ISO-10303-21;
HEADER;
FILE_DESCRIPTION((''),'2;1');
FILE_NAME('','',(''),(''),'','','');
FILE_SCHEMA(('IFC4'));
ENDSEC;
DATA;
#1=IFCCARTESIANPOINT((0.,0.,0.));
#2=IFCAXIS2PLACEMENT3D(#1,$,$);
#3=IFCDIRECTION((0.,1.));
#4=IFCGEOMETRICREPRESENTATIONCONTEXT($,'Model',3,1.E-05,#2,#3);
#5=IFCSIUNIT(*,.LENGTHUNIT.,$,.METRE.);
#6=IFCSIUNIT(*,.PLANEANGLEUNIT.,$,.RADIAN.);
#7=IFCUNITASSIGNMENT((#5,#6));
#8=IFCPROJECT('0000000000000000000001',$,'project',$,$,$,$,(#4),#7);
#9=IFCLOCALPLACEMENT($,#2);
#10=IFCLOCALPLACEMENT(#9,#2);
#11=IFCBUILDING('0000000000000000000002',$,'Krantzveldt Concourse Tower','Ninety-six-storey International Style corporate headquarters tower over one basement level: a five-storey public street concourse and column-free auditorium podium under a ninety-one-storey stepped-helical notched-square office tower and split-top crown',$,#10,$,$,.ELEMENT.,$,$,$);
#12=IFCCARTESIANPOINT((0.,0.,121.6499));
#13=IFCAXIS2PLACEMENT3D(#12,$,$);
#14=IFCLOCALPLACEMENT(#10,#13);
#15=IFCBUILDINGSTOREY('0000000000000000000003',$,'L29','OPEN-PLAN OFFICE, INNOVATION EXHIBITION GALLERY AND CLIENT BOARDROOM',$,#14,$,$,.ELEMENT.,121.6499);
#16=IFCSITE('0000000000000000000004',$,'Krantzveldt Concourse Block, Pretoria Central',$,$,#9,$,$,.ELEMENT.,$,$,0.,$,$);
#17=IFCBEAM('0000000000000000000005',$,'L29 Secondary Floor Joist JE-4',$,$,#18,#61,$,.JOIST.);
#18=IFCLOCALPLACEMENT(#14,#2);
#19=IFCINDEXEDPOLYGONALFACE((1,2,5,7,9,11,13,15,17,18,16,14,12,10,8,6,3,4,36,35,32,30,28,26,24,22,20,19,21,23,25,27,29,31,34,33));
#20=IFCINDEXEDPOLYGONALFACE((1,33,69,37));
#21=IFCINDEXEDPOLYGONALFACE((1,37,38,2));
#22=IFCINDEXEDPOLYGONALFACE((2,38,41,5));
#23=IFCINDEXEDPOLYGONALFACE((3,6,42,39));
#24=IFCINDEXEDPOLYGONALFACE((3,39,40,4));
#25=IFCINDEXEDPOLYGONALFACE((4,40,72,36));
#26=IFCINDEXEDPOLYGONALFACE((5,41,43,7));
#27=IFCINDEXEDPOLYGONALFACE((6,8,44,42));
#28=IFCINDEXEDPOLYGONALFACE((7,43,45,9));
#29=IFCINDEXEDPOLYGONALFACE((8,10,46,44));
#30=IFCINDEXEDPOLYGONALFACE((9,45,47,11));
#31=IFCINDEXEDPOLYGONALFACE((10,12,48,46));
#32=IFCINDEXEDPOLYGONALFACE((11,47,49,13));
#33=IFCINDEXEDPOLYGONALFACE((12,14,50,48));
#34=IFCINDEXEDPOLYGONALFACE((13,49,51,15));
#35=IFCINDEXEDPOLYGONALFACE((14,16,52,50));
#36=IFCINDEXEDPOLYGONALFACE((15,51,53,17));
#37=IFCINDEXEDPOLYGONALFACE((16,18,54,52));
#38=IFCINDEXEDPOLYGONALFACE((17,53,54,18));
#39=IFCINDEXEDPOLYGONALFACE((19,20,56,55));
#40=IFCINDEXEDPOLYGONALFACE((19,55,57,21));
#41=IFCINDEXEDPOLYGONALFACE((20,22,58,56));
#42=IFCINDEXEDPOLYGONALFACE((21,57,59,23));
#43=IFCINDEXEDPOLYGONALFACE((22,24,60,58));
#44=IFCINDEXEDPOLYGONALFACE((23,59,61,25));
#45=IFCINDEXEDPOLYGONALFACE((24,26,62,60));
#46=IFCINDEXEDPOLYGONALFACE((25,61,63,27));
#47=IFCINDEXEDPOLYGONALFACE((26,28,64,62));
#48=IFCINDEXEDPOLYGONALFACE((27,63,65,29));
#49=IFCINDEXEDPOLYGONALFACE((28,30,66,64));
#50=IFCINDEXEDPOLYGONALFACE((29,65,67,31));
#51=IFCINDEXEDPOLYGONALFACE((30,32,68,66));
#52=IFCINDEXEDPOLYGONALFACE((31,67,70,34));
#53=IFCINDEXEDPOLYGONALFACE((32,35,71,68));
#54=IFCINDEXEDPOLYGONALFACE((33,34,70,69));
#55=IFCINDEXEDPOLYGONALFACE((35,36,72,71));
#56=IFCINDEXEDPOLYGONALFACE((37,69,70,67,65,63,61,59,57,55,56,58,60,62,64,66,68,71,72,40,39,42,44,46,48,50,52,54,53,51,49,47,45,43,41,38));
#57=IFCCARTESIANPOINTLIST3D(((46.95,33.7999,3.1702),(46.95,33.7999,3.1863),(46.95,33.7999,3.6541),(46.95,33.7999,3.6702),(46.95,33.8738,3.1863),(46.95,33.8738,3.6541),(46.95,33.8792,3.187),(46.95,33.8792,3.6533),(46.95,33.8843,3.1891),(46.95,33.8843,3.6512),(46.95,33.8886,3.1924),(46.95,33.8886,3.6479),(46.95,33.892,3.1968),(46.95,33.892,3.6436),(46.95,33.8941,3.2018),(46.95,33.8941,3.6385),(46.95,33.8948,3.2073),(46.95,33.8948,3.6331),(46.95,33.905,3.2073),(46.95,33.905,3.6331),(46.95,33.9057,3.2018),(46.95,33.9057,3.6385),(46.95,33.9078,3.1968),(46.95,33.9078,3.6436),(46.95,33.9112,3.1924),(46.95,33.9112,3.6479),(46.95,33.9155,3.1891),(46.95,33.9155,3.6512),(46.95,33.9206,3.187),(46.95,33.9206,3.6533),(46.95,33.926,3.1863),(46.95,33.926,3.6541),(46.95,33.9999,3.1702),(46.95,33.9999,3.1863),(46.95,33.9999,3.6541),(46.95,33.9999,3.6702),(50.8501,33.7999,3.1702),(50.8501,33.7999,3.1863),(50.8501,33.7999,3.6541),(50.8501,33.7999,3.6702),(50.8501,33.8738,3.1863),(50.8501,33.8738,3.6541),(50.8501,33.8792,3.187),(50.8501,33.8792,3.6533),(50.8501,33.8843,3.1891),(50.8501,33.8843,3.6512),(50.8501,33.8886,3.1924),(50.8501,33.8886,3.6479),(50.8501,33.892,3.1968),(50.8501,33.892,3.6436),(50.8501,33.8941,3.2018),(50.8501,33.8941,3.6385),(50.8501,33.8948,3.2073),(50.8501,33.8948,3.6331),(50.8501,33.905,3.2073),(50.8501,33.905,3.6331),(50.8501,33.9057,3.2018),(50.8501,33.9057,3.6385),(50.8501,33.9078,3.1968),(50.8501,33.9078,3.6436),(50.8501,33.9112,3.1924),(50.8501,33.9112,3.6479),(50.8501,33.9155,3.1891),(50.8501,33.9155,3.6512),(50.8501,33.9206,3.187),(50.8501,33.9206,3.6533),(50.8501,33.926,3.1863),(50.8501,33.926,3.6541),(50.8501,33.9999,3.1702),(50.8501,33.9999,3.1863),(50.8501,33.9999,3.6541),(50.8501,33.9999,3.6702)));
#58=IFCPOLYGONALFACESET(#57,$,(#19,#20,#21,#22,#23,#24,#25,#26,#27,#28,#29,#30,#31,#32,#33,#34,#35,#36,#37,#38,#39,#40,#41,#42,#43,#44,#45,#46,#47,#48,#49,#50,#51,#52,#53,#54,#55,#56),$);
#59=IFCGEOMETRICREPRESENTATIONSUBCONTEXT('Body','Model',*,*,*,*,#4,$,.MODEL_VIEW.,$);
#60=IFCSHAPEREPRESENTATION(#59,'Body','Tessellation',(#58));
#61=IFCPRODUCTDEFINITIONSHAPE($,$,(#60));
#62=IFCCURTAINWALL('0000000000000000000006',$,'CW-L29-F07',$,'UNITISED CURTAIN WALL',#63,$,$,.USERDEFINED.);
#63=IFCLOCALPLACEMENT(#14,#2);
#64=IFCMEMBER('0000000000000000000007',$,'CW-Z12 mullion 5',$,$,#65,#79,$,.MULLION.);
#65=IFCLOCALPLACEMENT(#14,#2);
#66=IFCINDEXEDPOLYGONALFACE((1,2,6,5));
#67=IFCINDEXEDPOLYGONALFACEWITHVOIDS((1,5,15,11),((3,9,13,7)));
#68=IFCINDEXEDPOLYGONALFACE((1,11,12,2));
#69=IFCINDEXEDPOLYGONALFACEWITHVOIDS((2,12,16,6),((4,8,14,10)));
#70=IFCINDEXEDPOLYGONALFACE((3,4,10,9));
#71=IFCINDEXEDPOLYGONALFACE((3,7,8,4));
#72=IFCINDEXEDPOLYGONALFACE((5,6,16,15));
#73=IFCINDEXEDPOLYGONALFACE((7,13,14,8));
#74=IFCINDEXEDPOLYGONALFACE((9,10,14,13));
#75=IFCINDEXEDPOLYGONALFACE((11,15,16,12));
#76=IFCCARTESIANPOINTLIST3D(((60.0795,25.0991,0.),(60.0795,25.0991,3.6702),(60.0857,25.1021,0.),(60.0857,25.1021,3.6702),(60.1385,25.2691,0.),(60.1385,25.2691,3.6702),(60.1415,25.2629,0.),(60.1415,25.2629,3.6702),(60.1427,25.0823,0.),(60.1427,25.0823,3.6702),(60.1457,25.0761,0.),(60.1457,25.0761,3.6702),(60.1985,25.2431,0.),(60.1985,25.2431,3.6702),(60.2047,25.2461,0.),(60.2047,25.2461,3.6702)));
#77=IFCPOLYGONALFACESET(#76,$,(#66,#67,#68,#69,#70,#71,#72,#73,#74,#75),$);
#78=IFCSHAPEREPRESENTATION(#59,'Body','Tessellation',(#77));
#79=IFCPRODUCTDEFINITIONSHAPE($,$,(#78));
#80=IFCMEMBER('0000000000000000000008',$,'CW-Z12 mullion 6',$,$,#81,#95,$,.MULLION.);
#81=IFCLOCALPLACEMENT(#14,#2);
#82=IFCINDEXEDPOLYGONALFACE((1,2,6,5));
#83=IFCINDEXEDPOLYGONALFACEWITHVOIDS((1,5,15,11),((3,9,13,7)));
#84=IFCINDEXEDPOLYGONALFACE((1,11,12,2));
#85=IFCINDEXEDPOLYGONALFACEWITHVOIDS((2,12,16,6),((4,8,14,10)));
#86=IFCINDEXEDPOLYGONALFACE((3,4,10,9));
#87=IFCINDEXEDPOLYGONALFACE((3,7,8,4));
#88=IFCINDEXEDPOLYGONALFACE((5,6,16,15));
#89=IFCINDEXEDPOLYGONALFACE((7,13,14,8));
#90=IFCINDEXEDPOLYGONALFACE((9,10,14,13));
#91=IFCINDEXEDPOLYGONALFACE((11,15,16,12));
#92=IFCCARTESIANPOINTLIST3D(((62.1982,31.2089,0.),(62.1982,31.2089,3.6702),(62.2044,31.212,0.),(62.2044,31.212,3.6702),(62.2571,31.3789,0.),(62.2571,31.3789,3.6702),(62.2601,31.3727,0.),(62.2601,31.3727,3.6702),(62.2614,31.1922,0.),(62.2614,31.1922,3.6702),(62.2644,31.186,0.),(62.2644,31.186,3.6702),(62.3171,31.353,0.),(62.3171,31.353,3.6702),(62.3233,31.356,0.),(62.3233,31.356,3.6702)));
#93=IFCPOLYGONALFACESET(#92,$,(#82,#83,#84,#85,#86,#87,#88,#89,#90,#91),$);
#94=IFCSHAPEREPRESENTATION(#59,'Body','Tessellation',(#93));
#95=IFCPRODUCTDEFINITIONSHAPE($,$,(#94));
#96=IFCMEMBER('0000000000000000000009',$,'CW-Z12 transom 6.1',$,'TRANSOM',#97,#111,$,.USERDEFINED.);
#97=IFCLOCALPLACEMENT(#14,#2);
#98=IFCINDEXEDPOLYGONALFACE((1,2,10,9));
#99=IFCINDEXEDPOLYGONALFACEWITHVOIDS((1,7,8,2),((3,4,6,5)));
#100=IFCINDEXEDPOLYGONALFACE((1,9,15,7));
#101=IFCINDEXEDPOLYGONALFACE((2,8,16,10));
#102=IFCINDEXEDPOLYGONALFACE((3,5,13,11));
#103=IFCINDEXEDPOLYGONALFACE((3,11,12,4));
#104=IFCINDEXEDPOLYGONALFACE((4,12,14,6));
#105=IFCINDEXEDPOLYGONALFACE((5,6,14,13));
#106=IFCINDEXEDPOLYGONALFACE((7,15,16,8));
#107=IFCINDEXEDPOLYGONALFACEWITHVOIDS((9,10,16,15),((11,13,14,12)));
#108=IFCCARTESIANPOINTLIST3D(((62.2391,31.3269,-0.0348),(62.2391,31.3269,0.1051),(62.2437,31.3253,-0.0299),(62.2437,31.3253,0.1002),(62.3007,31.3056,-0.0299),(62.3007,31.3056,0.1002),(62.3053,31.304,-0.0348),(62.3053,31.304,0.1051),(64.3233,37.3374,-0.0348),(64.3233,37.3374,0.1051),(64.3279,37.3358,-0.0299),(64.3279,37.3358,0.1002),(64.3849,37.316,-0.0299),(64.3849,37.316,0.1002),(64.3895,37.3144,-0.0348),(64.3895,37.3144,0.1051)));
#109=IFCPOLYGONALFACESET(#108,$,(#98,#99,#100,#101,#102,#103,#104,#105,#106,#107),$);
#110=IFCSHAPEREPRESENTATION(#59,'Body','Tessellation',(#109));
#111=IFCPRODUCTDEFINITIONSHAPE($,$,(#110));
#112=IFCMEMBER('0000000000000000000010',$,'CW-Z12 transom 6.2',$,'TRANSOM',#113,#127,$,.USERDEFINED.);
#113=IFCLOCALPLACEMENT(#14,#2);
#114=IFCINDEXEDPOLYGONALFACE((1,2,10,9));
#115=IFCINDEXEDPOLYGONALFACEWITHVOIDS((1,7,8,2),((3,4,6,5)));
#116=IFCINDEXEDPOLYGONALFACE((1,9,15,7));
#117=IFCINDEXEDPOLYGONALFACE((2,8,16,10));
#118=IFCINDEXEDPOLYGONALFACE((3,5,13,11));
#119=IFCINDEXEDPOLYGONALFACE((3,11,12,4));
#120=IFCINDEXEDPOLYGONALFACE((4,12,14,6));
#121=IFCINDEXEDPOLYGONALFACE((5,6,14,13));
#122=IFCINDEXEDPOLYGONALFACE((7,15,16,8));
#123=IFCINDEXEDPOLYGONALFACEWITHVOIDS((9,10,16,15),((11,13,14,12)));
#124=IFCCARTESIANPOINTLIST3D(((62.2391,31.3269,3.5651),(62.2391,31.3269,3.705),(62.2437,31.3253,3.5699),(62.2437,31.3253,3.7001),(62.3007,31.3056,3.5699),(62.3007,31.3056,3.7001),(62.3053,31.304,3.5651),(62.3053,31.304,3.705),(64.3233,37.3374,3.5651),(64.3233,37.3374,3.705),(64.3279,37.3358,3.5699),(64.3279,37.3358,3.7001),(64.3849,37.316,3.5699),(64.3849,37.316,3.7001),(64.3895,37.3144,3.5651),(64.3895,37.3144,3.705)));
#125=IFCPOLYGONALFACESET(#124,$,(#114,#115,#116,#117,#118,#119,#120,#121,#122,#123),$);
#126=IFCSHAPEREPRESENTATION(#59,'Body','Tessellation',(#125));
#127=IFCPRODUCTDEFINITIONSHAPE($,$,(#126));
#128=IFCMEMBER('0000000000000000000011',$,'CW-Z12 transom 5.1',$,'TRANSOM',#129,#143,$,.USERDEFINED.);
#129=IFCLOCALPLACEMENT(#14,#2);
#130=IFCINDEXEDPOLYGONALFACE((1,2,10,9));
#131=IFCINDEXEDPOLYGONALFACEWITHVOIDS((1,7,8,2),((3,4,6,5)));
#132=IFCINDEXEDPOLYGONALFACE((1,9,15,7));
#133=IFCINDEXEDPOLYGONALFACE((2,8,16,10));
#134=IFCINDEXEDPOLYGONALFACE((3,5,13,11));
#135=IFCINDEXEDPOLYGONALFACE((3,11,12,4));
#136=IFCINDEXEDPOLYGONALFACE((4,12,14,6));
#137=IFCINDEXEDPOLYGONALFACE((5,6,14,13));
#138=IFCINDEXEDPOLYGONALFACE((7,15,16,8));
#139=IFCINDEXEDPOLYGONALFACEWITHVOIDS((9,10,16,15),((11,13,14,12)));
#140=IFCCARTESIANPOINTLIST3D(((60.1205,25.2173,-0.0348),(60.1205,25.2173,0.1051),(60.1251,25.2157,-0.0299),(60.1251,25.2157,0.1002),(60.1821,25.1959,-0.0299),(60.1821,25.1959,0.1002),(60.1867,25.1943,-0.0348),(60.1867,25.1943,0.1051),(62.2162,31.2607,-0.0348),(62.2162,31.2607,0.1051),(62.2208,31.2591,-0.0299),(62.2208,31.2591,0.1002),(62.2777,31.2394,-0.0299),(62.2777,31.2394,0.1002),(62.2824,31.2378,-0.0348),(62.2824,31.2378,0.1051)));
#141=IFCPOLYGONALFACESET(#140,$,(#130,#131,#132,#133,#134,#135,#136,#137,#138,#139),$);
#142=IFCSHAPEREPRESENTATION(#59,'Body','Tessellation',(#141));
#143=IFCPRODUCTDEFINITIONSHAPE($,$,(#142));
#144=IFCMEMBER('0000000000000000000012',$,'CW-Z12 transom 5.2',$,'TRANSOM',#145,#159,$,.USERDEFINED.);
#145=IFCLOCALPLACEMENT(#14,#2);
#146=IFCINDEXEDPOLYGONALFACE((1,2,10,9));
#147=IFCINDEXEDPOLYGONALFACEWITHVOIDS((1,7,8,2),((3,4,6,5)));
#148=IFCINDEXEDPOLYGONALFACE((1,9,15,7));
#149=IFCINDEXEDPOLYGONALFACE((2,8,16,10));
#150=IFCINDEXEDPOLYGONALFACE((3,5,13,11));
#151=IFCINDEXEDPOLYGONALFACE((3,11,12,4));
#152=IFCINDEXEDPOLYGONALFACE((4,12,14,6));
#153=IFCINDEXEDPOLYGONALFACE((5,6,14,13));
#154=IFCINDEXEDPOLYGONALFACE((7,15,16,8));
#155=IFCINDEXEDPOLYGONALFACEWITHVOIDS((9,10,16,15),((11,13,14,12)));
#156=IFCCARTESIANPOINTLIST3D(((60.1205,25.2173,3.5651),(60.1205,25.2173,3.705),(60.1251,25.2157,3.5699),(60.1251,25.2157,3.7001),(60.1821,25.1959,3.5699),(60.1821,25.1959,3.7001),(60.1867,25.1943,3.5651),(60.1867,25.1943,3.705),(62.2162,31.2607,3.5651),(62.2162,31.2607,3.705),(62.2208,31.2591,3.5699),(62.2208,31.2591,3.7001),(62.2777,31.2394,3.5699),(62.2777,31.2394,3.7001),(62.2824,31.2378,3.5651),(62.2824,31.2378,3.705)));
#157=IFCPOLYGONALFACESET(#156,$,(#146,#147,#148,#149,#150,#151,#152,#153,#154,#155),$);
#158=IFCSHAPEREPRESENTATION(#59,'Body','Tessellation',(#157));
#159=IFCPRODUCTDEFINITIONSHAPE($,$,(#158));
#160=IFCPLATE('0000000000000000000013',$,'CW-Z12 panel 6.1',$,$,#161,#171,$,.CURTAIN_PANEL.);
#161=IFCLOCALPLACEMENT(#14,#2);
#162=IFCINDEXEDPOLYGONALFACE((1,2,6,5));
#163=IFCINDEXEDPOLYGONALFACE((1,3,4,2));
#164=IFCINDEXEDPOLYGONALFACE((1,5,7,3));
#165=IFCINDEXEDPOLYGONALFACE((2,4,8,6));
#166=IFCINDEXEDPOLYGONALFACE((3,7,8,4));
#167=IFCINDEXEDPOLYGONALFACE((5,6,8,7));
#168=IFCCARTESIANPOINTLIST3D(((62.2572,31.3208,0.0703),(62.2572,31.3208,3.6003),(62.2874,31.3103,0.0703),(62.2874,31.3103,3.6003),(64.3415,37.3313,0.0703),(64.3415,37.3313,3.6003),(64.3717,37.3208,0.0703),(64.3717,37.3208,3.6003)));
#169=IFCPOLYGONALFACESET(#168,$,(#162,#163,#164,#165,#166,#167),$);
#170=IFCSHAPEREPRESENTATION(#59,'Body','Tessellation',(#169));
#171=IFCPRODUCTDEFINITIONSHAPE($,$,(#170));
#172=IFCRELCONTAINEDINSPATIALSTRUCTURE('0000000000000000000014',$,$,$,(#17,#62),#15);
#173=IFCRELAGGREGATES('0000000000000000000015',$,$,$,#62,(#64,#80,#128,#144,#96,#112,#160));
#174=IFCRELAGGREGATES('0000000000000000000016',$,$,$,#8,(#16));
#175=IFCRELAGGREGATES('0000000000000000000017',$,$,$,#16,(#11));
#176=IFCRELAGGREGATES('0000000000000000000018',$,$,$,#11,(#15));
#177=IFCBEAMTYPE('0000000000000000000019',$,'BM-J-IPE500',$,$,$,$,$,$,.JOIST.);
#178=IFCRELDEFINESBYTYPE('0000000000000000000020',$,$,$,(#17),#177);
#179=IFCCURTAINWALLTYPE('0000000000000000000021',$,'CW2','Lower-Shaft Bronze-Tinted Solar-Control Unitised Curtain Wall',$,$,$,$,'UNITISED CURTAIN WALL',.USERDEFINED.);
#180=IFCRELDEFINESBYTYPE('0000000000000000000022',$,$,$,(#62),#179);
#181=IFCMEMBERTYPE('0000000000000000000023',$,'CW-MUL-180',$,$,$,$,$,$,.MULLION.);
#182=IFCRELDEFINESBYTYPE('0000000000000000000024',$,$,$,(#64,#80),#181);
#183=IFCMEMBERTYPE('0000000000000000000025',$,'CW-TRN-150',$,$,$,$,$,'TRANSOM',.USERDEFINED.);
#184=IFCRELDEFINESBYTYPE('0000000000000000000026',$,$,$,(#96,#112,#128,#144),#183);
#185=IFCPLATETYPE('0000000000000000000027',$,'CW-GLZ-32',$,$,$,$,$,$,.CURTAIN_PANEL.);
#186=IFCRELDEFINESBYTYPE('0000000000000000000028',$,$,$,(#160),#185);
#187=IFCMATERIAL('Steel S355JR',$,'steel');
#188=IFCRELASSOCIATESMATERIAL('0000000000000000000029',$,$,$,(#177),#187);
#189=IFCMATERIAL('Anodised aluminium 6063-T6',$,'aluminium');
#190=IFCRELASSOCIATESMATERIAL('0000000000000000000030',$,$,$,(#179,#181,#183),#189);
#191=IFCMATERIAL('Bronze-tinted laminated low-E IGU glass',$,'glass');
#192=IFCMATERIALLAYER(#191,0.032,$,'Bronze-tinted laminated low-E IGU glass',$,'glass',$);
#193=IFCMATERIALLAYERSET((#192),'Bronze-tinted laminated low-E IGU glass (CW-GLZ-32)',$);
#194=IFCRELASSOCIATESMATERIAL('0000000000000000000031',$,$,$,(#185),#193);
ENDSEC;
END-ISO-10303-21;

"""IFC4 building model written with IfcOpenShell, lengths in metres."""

from ifc_helpers import new_model, si_unit, direction, frame, origin, origin_2d, place, context, subcontext, project, spatial, rectangle, hollow_rectangle, i_section, extrude, source, transform, mapped, material, layer, layer_set, material_profile, profile_set, type_object, type_shapes, element, aggregate, save


model = new_model("IFC4")

# Units and contexts
model_context = context("Model", 3, precision=1e-05, world=origin(), true_north=direction((0.0, 1.0)))
body_context = subcontext(model_context, "Body", "Model", "MODEL_VIEW")
ifc_project = project(units=[si_unit("LENGTHUNIT", "METRE"), si_unit("PLANEANGLEUNIT", "RADIAN")], contexts=[model_context])

# Site, building, storey
site_placement = place(None, origin())
site = spatial("IfcSite", under=ifc_project, at=site_placement, Name="Krantzveldt Concourse Block, Pretoria Central", CompositionType="ELEMENT", RefElevation=0.0)
building_placement = place(site_placement, origin())
building = spatial("IfcBuilding", under=site, at=building_placement, Name="Krantzveldt Concourse Tower", Description="Ninety-six-storey International Style corporate headquarters tower over one basement level: a five-storey public street concourse and column-free auditorium podium under a ninety-one-storey stepped-helical notched-square office tower and split-top crown", CompositionType="ELEMENT")
storey_placement = place(building_placement, frame((0.0, 0.0, 121.6499)))
storey = spatial("IfcBuildingStorey", under=building, at=storey_placement, Name="L29", Description="OPEN-PLAN OFFICE, INNOVATION EXHIBITION GALLERY AND CLIENT BOARDROOM", CompositionType="ELEMENT", Elevation=121.6499)

# Beam
ifc_material_1 = material(Name="Steel S355JR", Category="steel")
ifc_material_profile_1 = material_profile(ifc_material_1, i_section(OverallWidth=0.2, OverallDepth=0.5, WebThickness=0.0103, FlangeThickness=0.0161, FilletRadius=0.021, at=origin_2d()), Name="Steel S355JR", Category="steel")
ifc_profile_set_1 = profile_set([ifc_material_profile_1], Name="Steel S355JR - IPE 500")
beam_type_1 = type_object("IfcBeamType", Name="BM-J-IPE500", PredefinedType="JOIST", material=ifc_profile_set_1)
shared_shape_1 = source(origin(), body_context, "Body", "SweptSolid", [
    extrude(i_section(OverallWidth=0.2, OverallDepth=0.5, WebThickness=0.0103, FlangeThickness=0.0161, FilletRadius=0.021, at=origin_2d()), origin(), (0.0, 0.0, 1.0), 3.9001),
])
type_shapes(beam_type_1, [shared_shape_1])
for number, where, z_axis, x_axis, name in (
    (1, (46.95, 33.8999, 3.4202), (1.0, 0.0, 0.0), (0.0, 1.0, 0.0), "L29 Secondary Floor Joist JE-4"),
):
    element("IfcBeam", number, at=place(storey_placement, frame(where, z_axis=z_axis, x_axis=x_axis)), inside=storey, type_object=beam_type_1, Name=name, PredefinedType="JOIST", context=body_context, shape_type="MappedRepresentation", body=[
        mapped(shared_shape_1, transform((0.0, 0.0, 0.0), x_axis=(1.0, 0.0, 0.0), y_axis=(0.0, 1.0, 0.0), z_axis=(0.0, 0.0, 1.0), scale=1.0)),
    ])

# Curtain wall, members, plate
ifc_material_2 = material(Name="Anodised aluminium 6063-T6", Category="aluminium")
curtain_wall_type = type_object("IfcCurtainWallType", Name="CW2", Description="Lower-Shaft Bronze-Tinted Solar-Control Unitised Curtain Wall", ElementType="UNITISED CURTAIN WALL", PredefinedType="USERDEFINED", material=ifc_material_2)
curtain_wall_placement = place(storey_placement, origin())
curtain_wall = element("IfcCurtainWall", 2, at=curtain_wall_placement, inside=storey, type_object=curtain_wall_type, Name="CW-L29-F07", ObjectType="UNITISED CURTAIN WALL", PredefinedType="USERDEFINED")
ifc_material_profile_2 = material_profile(ifc_material_2, hollow_rectangle(XDim=0.0701, YDim=0.1799, WallThickness=0.0049, at=origin_2d()), Name="Anodised aluminium 6063-T6", Category="aluminium")
ifc_profile_set_2 = profile_set([ifc_material_profile_2], Name="Anodised aluminium 6063-T6 - ALU-MULL 180x70x5")
member_type_1 = type_object("IfcMemberType", Name="CW-MUL-180", PredefinedType="MULLION", material=ifc_profile_set_2)
shared_shape_2 = source(origin(), body_context, "Body", "SweptSolid", [
    extrude(hollow_rectangle(XDim=0.0701, YDim=0.1799, WallThickness=0.0049, at=origin_2d()), origin(), (0.0, 0.0, 1.0), 3.6702),
])
type_shapes(member_type_1, [shared_shape_2])
member_1_placement = place(storey_placement, frame((60.1421, 25.1726, 0.0), z_axis=(0.0, 0.0, 1.0), x_axis=(-0.944806, 0.32763, 0.0)))
member_1 = element("IfcMember", 3, at=member_1_placement, type_object=member_type_1, Name="CW-Z12 mullion 5", PredefinedType="MULLION", context=body_context, shape_type="MappedRepresentation", body=[
    mapped(shared_shape_2, transform((0.0, 0.0, 0.0), x_axis=(1.0, 0.0, 0.0), y_axis=(0.0, 1.0, 0.0), z_axis=(0.0, 0.0, 1.0), scale=1.0)),
])
member_2_placement = place(storey_placement, frame((62.2607, 31.2825, 0.0), z_axis=(0.0, 0.0, 1.0), x_axis=(-0.944806, 0.32763, 0.0)))
member_2 = element("IfcMember", 4, at=member_2_placement, type_object=member_type_1, Name="CW-Z12 mullion 6", PredefinedType="MULLION", context=body_context, shape_type="MappedRepresentation", body=[
    mapped(shared_shape_2, transform((0.0, 0.0, 0.0), x_axis=(1.0, 0.0, 0.0), y_axis=(0.0, 1.0, 0.0), z_axis=(0.0, 0.0, 1.0), scale=1.0)),
])
ifc_material_profile_3 = material_profile(ifc_material_2, hollow_rectangle(XDim=0.0701, YDim=0.1399, WallThickness=0.0049, at=origin_2d()), Name="Anodised aluminium 6063-T6", Category="aluminium")
ifc_profile_set_3 = profile_set([ifc_material_profile_3], Name="Anodised aluminium 6063-T6 - ALU-TRAN 140x70x5")
member_type_2 = type_object("IfcMemberType", Name="CW-TRN-150", ElementType="TRANSOM", PredefinedType="USERDEFINED", material=ifc_profile_set_3)
shared_shape_3 = source(origin(), body_context, "Body", "SweptSolid", [
    extrude(hollow_rectangle(XDim=0.0701, YDim=0.1399, WallThickness=0.0049, at=origin_2d()), origin(), (0.0, 0.0, 1.0), 6.3616),
])
member_3_placement = place(storey_placement, frame((62.2722, 31.3154, 0.0352), z_axis=(0.327626, 0.944808, 0.0), x_axis=(-0.944808, 0.327626, 0.0)))
member_3 = element("IfcMember", 5, at=member_3_placement, type_object=member_type_2, Name="CW-Z12 transom 6.1", ObjectType="TRANSOM", PredefinedType="USERDEFINED", context=body_context, shape_type="MappedRepresentation", body=[
    mapped(shared_shape_3, transform((0.0, 0.0, 0.0), x_axis=(1.0, 0.0, 0.0), y_axis=(0.0, 1.0, 0.0), z_axis=(0.0, 0.0, 1.0), scale=1.0)),
])
member_4_placement = place(storey_placement, frame((62.2722, 31.3154, 3.635), z_axis=(0.327626, 0.944808, 0.0), x_axis=(-0.944808, 0.327626, 0.0)))
member_4 = element("IfcMember", 6, at=member_4_placement, type_object=member_type_2, Name="CW-Z12 transom 6.2", ObjectType="TRANSOM", PredefinedType="USERDEFINED", context=body_context, shape_type="MappedRepresentation", body=[
    mapped(shared_shape_3, transform((0.0, 0.0, 0.0), x_axis=(1.0, 0.0, 0.0), y_axis=(0.0, 1.0, 0.0), z_axis=(0.0, 0.0, 1.0), scale=1.0)),
])
shared_shape_4 = source(origin(), body_context, "Body", "SweptSolid", [
    extrude(hollow_rectangle(XDim=0.0701, YDim=0.1399, WallThickness=0.0049, at=origin_2d()), origin(), (0.0, 0.0, 1.0), 6.3965),
])
type_shapes(member_type_2, [shared_shape_3, shared_shape_4])
member_5_placement = place(storey_placement, frame((60.1536, 25.2058, 0.0352), z_axis=(0.327632, 0.944805, 0.0), x_axis=(-0.944805, 0.327632, 0.0)))
member_5 = element("IfcMember", 7, at=member_5_placement, type_object=member_type_2, Name="CW-Z12 transom 5.1", ObjectType="TRANSOM", PredefinedType="USERDEFINED", context=body_context, shape_type="MappedRepresentation", body=[
    mapped(shared_shape_4, transform((0.0, 0.0, 0.0), x_axis=(1.0, 0.0, 0.0), y_axis=(0.0, 1.0, 0.0), z_axis=(0.0, 0.0, 1.0), scale=1.0)),
])
member_6_placement = place(storey_placement, frame((60.1536, 25.2058, 3.635), z_axis=(0.327632, 0.944805, 0.0), x_axis=(-0.944805, 0.327632, 0.0)))
member_6 = element("IfcMember", 8, at=member_6_placement, type_object=member_type_2, Name="CW-Z12 transom 5.2", ObjectType="TRANSOM", PredefinedType="USERDEFINED", context=body_context, shape_type="MappedRepresentation", body=[
    mapped(shared_shape_4, transform((0.0, 0.0, 0.0), x_axis=(1.0, 0.0, 0.0), y_axis=(0.0, 1.0, 0.0), z_axis=(0.0, 0.0, 1.0), scale=1.0)),
])
ifc_material_3 = material(Name="Bronze-tinted laminated low-E IGU glass", Category="glass")
ifc_layer_1 = layer(ifc_material_3, 0.032, Name="Bronze-tinted laminated low-E IGU glass", Category="glass")
ifc_layer_set_1 = layer_set([ifc_layer_1], Name="Bronze-tinted laminated low-E IGU glass (CW-GLZ-32)")
plate_type = type_object("IfcPlateType", Name="CW-GLZ-32", PredefinedType="CURTAIN_PANEL", material=ifc_layer_set_1)
shared_shape_5 = source(origin(), body_context, "Body", "SweptSolid", [
    extrude(rectangle(XDim=6.3616, YDim=0.032, at=origin_2d()), origin(), (0.0, 0.0, 1.0), 3.53),
])
plate_1_placement = place(storey_placement, frame((63.3145, 34.3208, 0.0703), z_axis=(0.0, 0.0, 1.0), x_axis=(0.32763, 0.944806, 0.0)))
plate_1 = element("IfcPlate", 9, at=plate_1_placement, type_object=plate_type, Name="CW-Z12 panel 6.1", PredefinedType="CURTAIN_PANEL", context=body_context, shape_type="MappedRepresentation", body=[
    mapped(shared_shape_5, transform((0.0, 0.0, 0.0), x_axis=(1.0, 0.0, 0.0), y_axis=(0.0, 1.0, 0.0), z_axis=(0.0, 0.0, 1.0), scale=1.0)),
])
aggregate(curtain_wall, [member_1, member_2, member_5, member_6, member_3, member_4, plate_1])

save(model, "model.ifc")
